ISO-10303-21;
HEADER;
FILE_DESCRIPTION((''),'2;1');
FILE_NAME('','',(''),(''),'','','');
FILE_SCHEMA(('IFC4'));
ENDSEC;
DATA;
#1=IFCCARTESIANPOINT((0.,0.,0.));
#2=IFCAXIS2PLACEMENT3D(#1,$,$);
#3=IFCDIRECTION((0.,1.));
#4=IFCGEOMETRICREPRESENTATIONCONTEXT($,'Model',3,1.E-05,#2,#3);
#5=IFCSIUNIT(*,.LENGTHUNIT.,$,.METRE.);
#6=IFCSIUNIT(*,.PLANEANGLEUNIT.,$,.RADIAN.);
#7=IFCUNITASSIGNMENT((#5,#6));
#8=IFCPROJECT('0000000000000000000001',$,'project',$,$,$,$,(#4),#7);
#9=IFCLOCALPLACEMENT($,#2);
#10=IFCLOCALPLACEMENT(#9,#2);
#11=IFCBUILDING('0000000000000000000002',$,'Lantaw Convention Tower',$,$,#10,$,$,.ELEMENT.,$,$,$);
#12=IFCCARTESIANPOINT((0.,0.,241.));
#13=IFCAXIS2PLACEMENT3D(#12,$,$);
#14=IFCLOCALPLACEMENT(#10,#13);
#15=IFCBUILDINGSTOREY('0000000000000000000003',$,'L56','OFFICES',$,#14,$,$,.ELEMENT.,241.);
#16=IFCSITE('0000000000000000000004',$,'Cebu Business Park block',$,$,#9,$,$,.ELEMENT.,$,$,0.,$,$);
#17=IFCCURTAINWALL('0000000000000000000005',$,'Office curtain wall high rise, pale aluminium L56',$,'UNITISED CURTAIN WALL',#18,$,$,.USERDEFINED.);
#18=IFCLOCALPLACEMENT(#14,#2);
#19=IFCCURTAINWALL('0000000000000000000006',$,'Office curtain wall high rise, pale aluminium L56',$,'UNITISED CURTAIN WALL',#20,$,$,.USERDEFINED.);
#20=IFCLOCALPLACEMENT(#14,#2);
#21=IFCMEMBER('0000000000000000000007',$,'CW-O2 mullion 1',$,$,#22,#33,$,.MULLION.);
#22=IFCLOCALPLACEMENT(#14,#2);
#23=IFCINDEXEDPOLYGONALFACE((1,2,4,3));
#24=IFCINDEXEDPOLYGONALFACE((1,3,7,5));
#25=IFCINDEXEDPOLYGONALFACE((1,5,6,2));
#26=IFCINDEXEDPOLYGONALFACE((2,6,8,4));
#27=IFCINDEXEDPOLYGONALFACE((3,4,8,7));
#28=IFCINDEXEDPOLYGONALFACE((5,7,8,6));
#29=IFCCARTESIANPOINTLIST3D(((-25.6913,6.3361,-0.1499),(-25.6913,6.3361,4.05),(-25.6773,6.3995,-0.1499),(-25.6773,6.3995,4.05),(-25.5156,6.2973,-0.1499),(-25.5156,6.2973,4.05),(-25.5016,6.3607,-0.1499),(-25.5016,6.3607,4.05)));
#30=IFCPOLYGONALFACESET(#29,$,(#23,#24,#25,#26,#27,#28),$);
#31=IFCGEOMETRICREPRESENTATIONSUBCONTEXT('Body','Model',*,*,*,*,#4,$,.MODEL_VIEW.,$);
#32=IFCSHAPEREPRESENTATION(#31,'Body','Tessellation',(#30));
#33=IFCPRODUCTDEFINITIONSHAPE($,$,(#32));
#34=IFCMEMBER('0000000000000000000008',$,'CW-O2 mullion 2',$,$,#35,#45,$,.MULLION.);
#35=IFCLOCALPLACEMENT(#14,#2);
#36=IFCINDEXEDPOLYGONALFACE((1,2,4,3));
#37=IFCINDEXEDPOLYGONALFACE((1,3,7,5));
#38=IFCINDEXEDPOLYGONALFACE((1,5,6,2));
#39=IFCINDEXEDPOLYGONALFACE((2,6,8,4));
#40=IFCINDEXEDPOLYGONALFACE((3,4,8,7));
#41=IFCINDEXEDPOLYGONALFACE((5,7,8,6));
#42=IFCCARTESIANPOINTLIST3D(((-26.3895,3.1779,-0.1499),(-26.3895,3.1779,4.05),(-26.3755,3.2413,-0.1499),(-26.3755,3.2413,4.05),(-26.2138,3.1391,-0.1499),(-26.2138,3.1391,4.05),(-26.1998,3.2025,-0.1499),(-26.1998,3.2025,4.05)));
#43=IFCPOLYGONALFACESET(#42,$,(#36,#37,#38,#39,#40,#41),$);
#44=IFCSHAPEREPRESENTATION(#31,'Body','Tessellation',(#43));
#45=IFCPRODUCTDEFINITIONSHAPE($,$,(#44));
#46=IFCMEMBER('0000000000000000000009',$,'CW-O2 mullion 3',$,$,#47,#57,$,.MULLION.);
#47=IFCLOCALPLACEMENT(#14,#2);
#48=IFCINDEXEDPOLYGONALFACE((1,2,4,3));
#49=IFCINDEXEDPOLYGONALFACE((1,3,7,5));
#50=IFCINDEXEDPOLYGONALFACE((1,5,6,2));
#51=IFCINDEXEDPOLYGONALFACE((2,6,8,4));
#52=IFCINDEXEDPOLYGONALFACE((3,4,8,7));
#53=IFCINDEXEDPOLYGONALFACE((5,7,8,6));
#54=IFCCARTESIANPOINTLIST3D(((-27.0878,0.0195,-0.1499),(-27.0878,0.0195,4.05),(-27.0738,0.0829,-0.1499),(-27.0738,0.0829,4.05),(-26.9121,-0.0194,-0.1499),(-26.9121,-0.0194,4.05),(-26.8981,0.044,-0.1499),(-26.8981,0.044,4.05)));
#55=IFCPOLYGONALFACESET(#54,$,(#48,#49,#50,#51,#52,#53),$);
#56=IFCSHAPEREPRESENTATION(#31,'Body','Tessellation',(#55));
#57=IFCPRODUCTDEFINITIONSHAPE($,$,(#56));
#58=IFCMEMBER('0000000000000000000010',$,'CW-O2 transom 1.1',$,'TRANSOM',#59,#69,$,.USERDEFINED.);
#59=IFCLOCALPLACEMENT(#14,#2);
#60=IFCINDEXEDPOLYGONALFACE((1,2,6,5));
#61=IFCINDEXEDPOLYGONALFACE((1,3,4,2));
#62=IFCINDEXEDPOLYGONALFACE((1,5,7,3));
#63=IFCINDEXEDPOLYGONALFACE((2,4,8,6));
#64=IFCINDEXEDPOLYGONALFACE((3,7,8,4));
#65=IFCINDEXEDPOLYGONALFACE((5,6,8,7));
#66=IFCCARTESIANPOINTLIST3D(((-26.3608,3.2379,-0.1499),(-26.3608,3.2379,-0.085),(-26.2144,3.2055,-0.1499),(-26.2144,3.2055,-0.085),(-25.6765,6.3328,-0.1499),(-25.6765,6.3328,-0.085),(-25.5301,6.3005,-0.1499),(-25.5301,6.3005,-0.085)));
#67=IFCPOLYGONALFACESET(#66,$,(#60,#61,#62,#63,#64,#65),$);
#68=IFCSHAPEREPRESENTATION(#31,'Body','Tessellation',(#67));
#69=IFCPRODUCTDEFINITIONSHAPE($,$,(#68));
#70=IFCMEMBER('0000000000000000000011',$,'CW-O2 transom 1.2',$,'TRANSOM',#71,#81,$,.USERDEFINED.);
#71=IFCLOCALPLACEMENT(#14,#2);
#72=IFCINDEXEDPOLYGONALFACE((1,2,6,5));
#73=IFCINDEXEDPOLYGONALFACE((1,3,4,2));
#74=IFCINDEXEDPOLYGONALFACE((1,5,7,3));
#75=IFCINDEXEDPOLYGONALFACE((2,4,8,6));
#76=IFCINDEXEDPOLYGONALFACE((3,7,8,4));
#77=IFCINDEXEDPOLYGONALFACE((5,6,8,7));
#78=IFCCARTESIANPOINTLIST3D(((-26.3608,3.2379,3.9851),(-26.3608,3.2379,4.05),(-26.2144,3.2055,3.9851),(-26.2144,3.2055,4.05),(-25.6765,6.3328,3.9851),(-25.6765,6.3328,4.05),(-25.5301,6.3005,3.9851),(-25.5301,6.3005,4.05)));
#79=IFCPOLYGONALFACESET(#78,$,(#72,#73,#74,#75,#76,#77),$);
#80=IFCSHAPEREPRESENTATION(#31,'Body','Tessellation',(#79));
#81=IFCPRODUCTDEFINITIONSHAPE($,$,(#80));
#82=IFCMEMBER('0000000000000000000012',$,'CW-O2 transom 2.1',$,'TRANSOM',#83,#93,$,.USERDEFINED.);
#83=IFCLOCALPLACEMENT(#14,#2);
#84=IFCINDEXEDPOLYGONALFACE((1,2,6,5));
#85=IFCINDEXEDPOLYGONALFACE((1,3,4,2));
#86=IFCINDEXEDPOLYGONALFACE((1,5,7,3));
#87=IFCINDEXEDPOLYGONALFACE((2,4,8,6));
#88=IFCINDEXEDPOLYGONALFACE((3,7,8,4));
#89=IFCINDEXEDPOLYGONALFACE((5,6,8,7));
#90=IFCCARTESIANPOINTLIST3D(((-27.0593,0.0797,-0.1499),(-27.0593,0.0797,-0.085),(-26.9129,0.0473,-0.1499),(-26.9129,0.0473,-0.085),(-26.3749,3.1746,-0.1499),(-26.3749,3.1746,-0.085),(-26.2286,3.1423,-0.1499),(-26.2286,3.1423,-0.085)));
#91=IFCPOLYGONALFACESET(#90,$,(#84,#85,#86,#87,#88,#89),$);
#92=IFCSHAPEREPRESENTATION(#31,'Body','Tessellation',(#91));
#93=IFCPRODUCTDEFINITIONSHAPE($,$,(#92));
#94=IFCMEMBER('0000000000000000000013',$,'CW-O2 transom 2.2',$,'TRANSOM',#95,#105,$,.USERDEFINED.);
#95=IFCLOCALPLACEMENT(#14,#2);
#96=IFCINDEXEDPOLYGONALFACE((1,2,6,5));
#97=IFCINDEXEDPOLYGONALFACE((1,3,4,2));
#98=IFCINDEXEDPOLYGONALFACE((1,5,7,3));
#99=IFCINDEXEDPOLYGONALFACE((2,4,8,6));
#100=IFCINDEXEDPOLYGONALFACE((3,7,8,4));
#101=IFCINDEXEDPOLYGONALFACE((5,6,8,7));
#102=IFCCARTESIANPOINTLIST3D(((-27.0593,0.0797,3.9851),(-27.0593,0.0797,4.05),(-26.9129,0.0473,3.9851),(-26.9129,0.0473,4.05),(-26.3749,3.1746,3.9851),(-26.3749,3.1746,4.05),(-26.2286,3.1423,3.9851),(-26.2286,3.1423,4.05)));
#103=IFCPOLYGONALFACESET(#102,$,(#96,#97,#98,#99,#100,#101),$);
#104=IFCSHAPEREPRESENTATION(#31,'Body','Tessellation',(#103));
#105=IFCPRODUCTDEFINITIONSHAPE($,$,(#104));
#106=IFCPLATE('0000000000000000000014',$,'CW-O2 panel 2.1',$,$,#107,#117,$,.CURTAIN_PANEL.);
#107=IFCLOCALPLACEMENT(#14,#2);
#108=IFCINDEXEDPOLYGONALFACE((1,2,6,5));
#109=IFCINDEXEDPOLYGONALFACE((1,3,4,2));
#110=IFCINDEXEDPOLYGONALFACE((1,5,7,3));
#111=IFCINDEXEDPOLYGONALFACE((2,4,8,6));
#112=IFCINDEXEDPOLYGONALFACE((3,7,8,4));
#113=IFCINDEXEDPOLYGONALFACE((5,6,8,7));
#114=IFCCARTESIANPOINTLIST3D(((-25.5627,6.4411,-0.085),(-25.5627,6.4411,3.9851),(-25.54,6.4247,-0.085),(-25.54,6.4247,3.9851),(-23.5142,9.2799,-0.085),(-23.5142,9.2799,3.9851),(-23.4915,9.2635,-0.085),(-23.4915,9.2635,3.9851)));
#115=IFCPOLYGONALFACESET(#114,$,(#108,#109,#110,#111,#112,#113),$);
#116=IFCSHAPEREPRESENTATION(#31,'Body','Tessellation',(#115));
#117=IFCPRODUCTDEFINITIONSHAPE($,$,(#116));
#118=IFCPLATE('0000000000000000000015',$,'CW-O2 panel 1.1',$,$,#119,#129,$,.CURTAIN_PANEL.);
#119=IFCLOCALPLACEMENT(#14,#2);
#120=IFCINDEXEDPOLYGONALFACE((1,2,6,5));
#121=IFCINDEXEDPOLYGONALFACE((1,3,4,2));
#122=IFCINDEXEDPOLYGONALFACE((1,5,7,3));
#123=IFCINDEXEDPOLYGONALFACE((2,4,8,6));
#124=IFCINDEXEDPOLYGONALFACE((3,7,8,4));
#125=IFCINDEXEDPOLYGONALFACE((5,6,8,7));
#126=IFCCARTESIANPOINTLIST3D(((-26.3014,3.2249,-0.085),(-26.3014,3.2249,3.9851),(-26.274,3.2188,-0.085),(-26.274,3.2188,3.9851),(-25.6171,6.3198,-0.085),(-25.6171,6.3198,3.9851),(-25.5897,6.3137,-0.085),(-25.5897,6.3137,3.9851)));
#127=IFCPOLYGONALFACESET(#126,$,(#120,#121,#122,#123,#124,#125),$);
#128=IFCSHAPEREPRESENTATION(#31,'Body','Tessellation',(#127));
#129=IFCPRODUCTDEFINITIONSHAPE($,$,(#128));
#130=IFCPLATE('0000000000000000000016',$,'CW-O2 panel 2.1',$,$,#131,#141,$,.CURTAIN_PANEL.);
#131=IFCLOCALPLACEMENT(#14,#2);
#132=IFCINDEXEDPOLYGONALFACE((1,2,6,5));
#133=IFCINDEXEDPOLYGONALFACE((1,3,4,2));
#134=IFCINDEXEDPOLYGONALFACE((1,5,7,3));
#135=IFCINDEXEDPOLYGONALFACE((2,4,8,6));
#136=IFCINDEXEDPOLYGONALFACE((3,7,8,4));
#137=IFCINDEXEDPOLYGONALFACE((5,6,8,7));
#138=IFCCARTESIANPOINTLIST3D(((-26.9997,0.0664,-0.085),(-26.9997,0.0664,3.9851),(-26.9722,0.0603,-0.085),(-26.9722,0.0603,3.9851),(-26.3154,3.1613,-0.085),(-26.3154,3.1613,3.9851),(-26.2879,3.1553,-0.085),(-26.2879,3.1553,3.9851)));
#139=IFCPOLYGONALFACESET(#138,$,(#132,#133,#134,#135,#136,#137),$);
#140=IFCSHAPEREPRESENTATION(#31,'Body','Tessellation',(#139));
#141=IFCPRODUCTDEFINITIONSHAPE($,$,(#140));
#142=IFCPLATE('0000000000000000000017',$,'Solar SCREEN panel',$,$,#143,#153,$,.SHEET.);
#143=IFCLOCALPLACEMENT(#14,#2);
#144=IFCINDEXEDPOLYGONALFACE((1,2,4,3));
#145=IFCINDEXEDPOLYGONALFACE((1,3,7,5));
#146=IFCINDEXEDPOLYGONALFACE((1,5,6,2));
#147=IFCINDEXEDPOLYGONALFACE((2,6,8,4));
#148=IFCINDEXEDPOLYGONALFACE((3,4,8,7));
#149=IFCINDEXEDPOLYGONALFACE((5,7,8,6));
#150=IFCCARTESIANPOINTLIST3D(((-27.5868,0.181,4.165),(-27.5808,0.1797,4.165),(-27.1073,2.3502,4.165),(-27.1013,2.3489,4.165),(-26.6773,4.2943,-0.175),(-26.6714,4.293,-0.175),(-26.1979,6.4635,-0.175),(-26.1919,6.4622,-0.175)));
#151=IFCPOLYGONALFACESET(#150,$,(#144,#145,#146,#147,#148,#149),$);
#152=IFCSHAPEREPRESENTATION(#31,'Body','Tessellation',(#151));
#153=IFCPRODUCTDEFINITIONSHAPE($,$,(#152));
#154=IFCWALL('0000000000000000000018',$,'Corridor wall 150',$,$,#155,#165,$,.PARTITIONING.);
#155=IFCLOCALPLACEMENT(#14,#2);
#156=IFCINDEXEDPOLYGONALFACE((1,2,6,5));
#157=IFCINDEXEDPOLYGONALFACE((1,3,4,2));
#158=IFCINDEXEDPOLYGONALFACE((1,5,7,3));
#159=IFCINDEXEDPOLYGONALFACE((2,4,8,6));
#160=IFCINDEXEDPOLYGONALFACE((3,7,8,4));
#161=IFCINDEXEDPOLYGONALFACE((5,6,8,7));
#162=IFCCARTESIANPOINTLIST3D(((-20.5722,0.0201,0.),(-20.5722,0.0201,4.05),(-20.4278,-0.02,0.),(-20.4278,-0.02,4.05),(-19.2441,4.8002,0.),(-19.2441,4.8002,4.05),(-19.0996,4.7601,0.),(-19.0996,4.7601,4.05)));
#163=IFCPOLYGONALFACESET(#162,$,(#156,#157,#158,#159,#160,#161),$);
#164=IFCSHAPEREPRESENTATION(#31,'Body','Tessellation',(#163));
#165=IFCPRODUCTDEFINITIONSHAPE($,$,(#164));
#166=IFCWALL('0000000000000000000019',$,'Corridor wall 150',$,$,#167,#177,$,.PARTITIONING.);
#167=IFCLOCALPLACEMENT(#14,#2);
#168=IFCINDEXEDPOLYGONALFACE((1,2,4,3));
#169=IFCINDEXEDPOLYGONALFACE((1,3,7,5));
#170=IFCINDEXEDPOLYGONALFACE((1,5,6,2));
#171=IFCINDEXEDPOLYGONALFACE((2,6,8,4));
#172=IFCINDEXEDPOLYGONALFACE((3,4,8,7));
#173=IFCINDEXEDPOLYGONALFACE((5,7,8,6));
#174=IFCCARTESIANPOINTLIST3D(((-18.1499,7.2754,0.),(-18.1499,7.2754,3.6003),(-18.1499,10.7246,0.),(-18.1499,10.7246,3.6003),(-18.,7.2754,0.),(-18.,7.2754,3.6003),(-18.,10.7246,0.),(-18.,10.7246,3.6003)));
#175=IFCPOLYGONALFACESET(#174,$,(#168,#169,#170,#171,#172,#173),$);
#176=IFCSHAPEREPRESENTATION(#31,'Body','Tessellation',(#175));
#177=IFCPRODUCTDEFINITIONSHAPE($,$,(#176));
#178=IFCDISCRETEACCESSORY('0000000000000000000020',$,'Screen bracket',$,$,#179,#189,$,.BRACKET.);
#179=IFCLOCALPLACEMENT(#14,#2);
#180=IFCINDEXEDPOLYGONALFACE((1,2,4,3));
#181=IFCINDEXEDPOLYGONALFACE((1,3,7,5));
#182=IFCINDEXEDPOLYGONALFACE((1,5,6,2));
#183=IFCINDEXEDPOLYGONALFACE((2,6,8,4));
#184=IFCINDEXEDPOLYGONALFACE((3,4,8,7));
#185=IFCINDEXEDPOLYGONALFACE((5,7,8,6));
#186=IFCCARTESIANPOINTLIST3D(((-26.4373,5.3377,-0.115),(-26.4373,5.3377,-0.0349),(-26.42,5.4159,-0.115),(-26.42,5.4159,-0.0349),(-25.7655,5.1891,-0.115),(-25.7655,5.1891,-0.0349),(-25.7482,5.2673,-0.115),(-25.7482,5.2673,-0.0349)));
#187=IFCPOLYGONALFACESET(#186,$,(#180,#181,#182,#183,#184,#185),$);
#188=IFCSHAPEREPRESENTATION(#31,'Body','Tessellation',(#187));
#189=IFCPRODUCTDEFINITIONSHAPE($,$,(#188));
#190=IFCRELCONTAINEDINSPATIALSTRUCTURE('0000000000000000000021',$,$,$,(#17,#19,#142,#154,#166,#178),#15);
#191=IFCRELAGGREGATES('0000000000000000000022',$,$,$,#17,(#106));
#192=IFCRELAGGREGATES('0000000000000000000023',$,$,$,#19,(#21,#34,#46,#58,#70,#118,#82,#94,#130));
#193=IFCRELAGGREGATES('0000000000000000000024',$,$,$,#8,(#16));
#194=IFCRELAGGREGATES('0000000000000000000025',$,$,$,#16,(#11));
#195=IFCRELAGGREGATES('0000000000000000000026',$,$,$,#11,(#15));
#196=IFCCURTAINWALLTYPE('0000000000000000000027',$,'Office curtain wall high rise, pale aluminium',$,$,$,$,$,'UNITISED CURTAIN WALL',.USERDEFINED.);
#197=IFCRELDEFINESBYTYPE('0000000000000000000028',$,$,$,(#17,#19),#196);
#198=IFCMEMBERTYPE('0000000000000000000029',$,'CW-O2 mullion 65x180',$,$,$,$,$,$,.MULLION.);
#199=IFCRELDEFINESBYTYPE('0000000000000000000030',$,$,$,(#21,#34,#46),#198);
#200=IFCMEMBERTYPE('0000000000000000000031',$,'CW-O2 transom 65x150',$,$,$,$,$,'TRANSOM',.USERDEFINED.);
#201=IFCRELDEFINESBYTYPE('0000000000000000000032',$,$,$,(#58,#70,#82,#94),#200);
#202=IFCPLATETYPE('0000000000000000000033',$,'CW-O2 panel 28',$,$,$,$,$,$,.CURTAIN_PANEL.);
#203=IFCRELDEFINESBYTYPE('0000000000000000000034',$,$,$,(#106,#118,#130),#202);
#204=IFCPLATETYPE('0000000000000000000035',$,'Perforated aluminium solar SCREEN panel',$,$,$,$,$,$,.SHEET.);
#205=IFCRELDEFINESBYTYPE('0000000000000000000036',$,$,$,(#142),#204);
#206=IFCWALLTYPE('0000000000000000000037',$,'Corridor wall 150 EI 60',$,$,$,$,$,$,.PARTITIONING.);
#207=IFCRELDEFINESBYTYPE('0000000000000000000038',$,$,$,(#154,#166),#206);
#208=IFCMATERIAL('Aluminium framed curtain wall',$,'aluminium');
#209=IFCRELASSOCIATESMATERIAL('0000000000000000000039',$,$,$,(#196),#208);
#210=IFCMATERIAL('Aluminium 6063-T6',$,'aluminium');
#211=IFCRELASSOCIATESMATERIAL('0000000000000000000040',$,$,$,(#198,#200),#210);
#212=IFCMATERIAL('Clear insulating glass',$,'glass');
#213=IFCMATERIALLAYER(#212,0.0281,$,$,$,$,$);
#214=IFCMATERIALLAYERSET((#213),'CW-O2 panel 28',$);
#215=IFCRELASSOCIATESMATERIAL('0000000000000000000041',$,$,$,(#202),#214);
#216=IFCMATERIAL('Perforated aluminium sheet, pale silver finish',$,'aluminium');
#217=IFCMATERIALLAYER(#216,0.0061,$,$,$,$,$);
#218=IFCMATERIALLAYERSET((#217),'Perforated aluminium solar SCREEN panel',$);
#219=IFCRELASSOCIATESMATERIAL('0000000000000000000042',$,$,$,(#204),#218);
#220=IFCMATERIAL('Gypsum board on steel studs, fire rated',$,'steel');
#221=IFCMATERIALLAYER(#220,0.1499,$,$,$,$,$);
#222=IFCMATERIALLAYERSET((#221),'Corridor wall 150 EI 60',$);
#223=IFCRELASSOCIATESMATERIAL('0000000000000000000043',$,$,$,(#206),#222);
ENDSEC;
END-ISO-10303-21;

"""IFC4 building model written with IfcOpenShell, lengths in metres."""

from ifc_helpers import new_model, si_unit, direction, frame, frame_2d, origin, origin_2d, place, context, subcontext, project, spatial, polyline, rectangle, outline, extrude, material, layer, layer_set, material_profile, profile_set, type_object, element, aggregate, save


model = new_model("IFC4")

# Units and contexts
model_context = context("Model", 3, precision=1e-05, world=origin(), true_north=direction((0.0, 1.0)))
body_context = subcontext(model_context, "Body", "Model", "MODEL_VIEW")
ifc_project = project(units=[si_unit("LENGTHUNIT", "METRE"), si_unit("PLANEANGLEUNIT", "RADIAN")], contexts=[model_context])

# Site, building, storey
site_placement = place(None, origin())
site = spatial("IfcSite", under=ifc_project, at=site_placement, Name="Cebu Business Park block", CompositionType="ELEMENT", RefElevation=0.0)
building_placement = place(site_placement, origin())
building = spatial("IfcBuilding", under=site, at=building_placement, Name="Lantaw Convention Tower", CompositionType="ELEMENT")
storey_placement = place(building_placement, frame((0.0, 0.0, 241.0)))
storey = spatial("IfcBuildingStorey", under=building, at=storey_placement, Name="L56", Description="OFFICES", CompositionType="ELEMENT", Elevation=241.0)

# Curtain wall
ifc_material_1 = material(Name="Aluminium framed curtain wall", Category="aluminium")
curtain_wall_type = type_object("IfcCurtainWallType", Name="Office curtain wall high rise, pale aluminium", ElementType="UNITISED CURTAIN WALL", PredefinedType="USERDEFINED", material=ifc_material_1)
curtain_wall_1_placement = place(storey_placement, origin())
curtain_wall_1 = element("IfcCurtainWall", 1, at=curtain_wall_1_placement, inside=storey, type_object=curtain_wall_type, Name="Office curtain wall high rise, pale aluminium L56", ObjectType="UNITISED CURTAIN WALL", PredefinedType="USERDEFINED")
ifc_material_2 = material(Name="Aluminium 6063-T6", Category="aluminium")
ifc_material_profile_1 = material_profile(ifc_material_2, rectangle(XDim=0.1799, YDim=0.0649, at=origin_2d()), Name="CW-O2 mullion 65x180")
ifc_profile_set_1 = profile_set([ifc_material_profile_1], Name="Aluminium 6063-T6")
member_type_1 = type_object("IfcMemberType", Name="CW-O2 mullion 65x180", PredefinedType="MULLION", material=ifc_profile_set_1)

# Curtain wall, members
curtain_wall_2_placement = place(storey_placement, origin())
curtain_wall_2 = element("IfcCurtainWall", 2, at=curtain_wall_2_placement, inside=storey, type_object=curtain_wall_type, Name="Office curtain wall high rise, pale aluminium L56", ObjectType="UNITISED CURTAIN WALL", PredefinedType="USERDEFINED")
member_1_placement = place(storey_placement, frame((-25.5964, 6.3484, -0.1499), z_axis=(0.0, 0.0, 1.0), x_axis=(0.976417, -0.215891, 0.0)))
member_1 = element("IfcMember", 3, at=member_1_placement, type_object=member_type_1, Name="CW-O2 mullion 1", PredefinedType="MULLION", context=body_context, shape_type="SweptSolid", body=[
    extrude(rectangle(XDim=0.1799, YDim=0.0649, at=origin_2d()), origin(), (0.0, 0.0, 1.0), 4.2),
])
member_2_placement = place(storey_placement, frame((-26.2947, 3.1902, -0.1499), z_axis=(0.0, 0.0, 1.0), x_axis=(0.976417, -0.215891, 0.0)))
member_2 = element("IfcMember", 4, at=member_2_placement, type_object=member_type_1, Name="CW-O2 mullion 2", PredefinedType="MULLION", context=body_context, shape_type="SweptSolid", body=[
    extrude(rectangle(XDim=0.1799, YDim=0.0649, at=origin_2d()), origin(), (0.0, 0.0, 1.0), 4.2),
])
member_3_placement = place(storey_placement, frame((-26.9929, 0.0317, -0.1499), z_axis=(0.0, 0.0, 1.0), x_axis=(0.976417, -0.215891, 0.0)))
member_3 = element("IfcMember", 5, at=member_3_placement, type_object=member_type_1, Name="CW-O2 mullion 3", PredefinedType="MULLION", context=body_context, shape_type="SweptSolid", body=[
    extrude(rectangle(XDim=0.1799, YDim=0.0649, at=origin_2d()), origin(), (0.0, 0.0, 1.0), 4.2),
])
ifc_material_profile_2 = material_profile(ifc_material_2, rectangle(XDim=0.1499, YDim=0.0649, at=origin_2d()), Name="CW-O2 transom 65x150")
ifc_profile_set_2 = profile_set([ifc_material_profile_2], Name="Aluminium 6063-T6")
member_type_2 = type_object("IfcMemberType", Name="CW-O2 transom 65x150", ElementType="TRANSOM", PredefinedType="USERDEFINED", material=ifc_profile_set_2)
member_4_placement = place(storey_placement, frame((-25.6033, 6.3167, -0.1174), z_axis=(-0.215895, -0.976417, 0.0), x_axis=(0.976417, -0.215895, 0.0)))
member_4 = element("IfcMember", 6, at=member_4_placement, type_object=member_type_2, Name="CW-O2 transom 1.1", ObjectType="TRANSOM", PredefinedType="USERDEFINED", context=body_context, shape_type="SweptSolid", body=[
    extrude(rectangle(XDim=0.1499, YDim=0.0649, at=origin_2d()), origin(), (0.0, 0.0, 1.0), 3.1697),
])
member_5_placement = place(storey_placement, frame((-25.6033, 6.3167, 4.0176), z_axis=(-0.215895, -0.976417, 0.0), x_axis=(0.976417, -0.215895, 0.0)))
member_5 = element("IfcMember", 7, at=member_5_placement, type_object=member_type_2, Name="CW-O2 transom 1.2", ObjectType="TRANSOM", PredefinedType="USERDEFINED", context=body_context, shape_type="SweptSolid", body=[
    extrude(rectangle(XDim=0.1499, YDim=0.0649, at=origin_2d()), origin(), (0.0, 0.0, 1.0), 3.1697),
])
member_6_placement = place(storey_placement, frame((-26.3018, 3.1584, -0.1174), z_axis=(-0.215895, -0.976417, 0.0), x_axis=(0.976417, -0.215895, 0.0)))
member_6 = element("IfcMember", 8, at=member_6_placement, type_object=member_type_2, Name="CW-O2 transom 2.1", ObjectType="TRANSOM", PredefinedType="USERDEFINED", context=body_context, shape_type="SweptSolid", body=[
    extrude(rectangle(XDim=0.1499, YDim=0.0649, at=origin_2d()), origin(), (0.0, 0.0, 1.0), 3.1697),
])
member_7_placement = place(storey_placement, frame((-26.3018, 3.1584, 4.0176), z_axis=(-0.215895, -0.976417, 0.0), x_axis=(0.976417, -0.215895, 0.0)))
member_7 = element("IfcMember", 9, at=member_7_placement, type_object=member_type_2, Name="CW-O2 transom 2.2", ObjectType="TRANSOM", PredefinedType="USERDEFINED", context=body_context, shape_type="SweptSolid", body=[
    extrude(rectangle(XDim=0.1499, YDim=0.0649, at=origin_2d()), origin(), (0.0, 0.0, 1.0), 3.1697),
])

# Plates
ifc_material_3 = material(Name="Clear insulating glass", Category="glass")
ifc_layer_1 = layer(ifc_material_3, 0.0281)
ifc_layer_set_1 = layer_set([ifc_layer_1], Name="CW-O2 panel 28")
plate_type_1 = type_object("IfcPlateType", Name="CW-O2 panel 28", PredefinedType="CURTAIN_PANEL", material=ifc_layer_set_1)
plate_1_placement = place(storey_placement, frame((-24.5271, 7.8523, -0.085), z_axis=(0.0, 0.0, 1.0), x_axis=(-0.585158, -0.81092, 0.0)))
plate_1 = element("IfcPlate", 10, at=plate_1_placement, type_object=plate_type_1, Name="CW-O2 panel 2.1", PredefinedType="CURTAIN_PANEL", context=body_context, shape_type="SweptSolid", body=[
    extrude(rectangle(XDim=3.5007, YDim=0.0281, at=origin_2d()), origin(), (0.0, 0.0, 1.0), 4.0701),
])
aggregate(curtain_wall_1, [plate_1])
plate_2_placement = place(storey_placement, frame((-25.9456, 4.7693, -0.085), z_axis=(0.0, 0.0, 1.0), x_axis=(-0.215891, -0.976417, 0.0)))
plate_2 = element("IfcPlate", 11, at=plate_2_placement, type_object=plate_type_1, Name="CW-O2 panel 1.1", PredefinedType="CURTAIN_PANEL", context=body_context, shape_type="SweptSolid", body=[
    extrude(rectangle(XDim=3.1697, YDim=0.0281, at=origin_2d()), origin(), (0.0, 0.0, 1.0), 4.0701),
])
plate_3_placement = place(storey_placement, frame((-26.6438, 1.6108, -0.085), z_axis=(0.0, 0.0, 1.0), x_axis=(-0.215891, -0.976417, 0.0)))
plate_3 = element("IfcPlate", 12, at=plate_3_placement, type_object=plate_type_1, Name="CW-O2 panel 2.1", PredefinedType="CURTAIN_PANEL", context=body_context, shape_type="SweptSolid", body=[
    extrude(rectangle(XDim=3.1697, YDim=0.0281, at=origin_2d()), origin(), (0.0, 0.0, 1.0), 4.0701),
])
aggregate(curtain_wall_2, [member_1, member_2, member_3, member_4, member_5, plate_2, member_6, member_7, plate_3])
ifc_material_4 = material(Name="Perforated aluminium sheet, pale silver finish", Category="aluminium")
ifc_layer_2 = layer(ifc_material_4, 0.0061)
ifc_layer_set_2 = layer_set([ifc_layer_2], Name="Perforated aluminium solar SCREEN panel")
plate_type_2 = type_object("IfcPlateType", Name="Perforated aluminium solar SCREEN panel", PredefinedType="SHEET", material=ifc_layer_set_2)
plate_4_placement = place(storey_placement, frame((-26.1919, 6.4622, -0.175), z_axis=(0.97643, -0.215837, 0.000044), x_axis=(-0.215837, -0.97643, 0.0)))
element("IfcPlate", 13, at=plate_4_placement, inside=storey, type_object=plate_type_2, Name="Solar SCREEN panel", PredefinedType="SHEET", context=body_context, shape_type="SweptSolid", body=[
    extrude(outline(polyline([(0.0, 0.0), (2.2216, 0.0), (6.4342, -4.3401), (4.2126, -4.3401), (0.0, 0.0)])), origin(), (0.0, 0.0, -1.0), 0.0061),
])

# Walls
ifc_material_5 = material(Name="Gypsum board on steel studs, fire rated", Category="steel")
ifc_layer_3 = layer(ifc_material_5, 0.1499)
ifc_layer_set_3 = layer_set([ifc_layer_3], Name="Corridor wall 150 EI 60")
wall_type = type_object("IfcWallType", Name="Corridor wall 150 EI 60", PredefinedType="PARTITIONING", material=ifc_layer_set_3)
wall_1_placement = place(storey_placement, frame((-19.1719, 4.78, 0.0), z_axis=(0.0, 0.0, 1.0), x_axis=(-0.267707, -0.9635, 0.0)))
element("IfcWall", 14, at=wall_1_placement, inside=storey, type_object=wall_type, Name="Corridor wall 150", PredefinedType="PARTITIONING", context=body_context, shape_type="SweptSolid", body=[
    extrude(rectangle(XDim=4.9612, YDim=0.1499, at=frame_2d((2.4805, 0.0))), origin(), (0.0, 0.0, 1.0), 4.05),
])
wall_2_placement = place(storey_placement, frame((-18.075, 7.2754, 0.0), z_axis=(0.0, 0.0, 1.0), x_axis=(0.0, 1.0, 0.0)))
element("IfcWall", 15, at=wall_2_placement, inside=storey, type_object=wall_type, Name="Corridor wall 150", PredefinedType="PARTITIONING", context=body_context, shape_type="SweptSolid", body=[
    extrude(rectangle(XDim=3.4492, YDim=0.1499, at=frame_2d((1.7246, 0.0))), origin(), (0.0, 0.0, 1.0), 3.6003),
])

# Discrete accessory
discrete_accessory_placement = place(storey_placement, frame((-26.0928, 5.3025, -0.115), z_axis=(0.0, 0.0, 1.0), x_axis=(-0.215891, -0.976417, 0.0)))
element("IfcDiscreteAccessory", 16, at=discrete_accessory_placement, inside=storey, Name="Screen bracket", PredefinedType="BRACKET", context=body_context, shape_type="SweptSolid", body=[
    extrude(rectangle(XDim=0.0801, YDim=0.688, at=origin_2d()), origin(), (0.0, 0.0, 1.0), 0.0801),
])

save(model, "model.ifc")
